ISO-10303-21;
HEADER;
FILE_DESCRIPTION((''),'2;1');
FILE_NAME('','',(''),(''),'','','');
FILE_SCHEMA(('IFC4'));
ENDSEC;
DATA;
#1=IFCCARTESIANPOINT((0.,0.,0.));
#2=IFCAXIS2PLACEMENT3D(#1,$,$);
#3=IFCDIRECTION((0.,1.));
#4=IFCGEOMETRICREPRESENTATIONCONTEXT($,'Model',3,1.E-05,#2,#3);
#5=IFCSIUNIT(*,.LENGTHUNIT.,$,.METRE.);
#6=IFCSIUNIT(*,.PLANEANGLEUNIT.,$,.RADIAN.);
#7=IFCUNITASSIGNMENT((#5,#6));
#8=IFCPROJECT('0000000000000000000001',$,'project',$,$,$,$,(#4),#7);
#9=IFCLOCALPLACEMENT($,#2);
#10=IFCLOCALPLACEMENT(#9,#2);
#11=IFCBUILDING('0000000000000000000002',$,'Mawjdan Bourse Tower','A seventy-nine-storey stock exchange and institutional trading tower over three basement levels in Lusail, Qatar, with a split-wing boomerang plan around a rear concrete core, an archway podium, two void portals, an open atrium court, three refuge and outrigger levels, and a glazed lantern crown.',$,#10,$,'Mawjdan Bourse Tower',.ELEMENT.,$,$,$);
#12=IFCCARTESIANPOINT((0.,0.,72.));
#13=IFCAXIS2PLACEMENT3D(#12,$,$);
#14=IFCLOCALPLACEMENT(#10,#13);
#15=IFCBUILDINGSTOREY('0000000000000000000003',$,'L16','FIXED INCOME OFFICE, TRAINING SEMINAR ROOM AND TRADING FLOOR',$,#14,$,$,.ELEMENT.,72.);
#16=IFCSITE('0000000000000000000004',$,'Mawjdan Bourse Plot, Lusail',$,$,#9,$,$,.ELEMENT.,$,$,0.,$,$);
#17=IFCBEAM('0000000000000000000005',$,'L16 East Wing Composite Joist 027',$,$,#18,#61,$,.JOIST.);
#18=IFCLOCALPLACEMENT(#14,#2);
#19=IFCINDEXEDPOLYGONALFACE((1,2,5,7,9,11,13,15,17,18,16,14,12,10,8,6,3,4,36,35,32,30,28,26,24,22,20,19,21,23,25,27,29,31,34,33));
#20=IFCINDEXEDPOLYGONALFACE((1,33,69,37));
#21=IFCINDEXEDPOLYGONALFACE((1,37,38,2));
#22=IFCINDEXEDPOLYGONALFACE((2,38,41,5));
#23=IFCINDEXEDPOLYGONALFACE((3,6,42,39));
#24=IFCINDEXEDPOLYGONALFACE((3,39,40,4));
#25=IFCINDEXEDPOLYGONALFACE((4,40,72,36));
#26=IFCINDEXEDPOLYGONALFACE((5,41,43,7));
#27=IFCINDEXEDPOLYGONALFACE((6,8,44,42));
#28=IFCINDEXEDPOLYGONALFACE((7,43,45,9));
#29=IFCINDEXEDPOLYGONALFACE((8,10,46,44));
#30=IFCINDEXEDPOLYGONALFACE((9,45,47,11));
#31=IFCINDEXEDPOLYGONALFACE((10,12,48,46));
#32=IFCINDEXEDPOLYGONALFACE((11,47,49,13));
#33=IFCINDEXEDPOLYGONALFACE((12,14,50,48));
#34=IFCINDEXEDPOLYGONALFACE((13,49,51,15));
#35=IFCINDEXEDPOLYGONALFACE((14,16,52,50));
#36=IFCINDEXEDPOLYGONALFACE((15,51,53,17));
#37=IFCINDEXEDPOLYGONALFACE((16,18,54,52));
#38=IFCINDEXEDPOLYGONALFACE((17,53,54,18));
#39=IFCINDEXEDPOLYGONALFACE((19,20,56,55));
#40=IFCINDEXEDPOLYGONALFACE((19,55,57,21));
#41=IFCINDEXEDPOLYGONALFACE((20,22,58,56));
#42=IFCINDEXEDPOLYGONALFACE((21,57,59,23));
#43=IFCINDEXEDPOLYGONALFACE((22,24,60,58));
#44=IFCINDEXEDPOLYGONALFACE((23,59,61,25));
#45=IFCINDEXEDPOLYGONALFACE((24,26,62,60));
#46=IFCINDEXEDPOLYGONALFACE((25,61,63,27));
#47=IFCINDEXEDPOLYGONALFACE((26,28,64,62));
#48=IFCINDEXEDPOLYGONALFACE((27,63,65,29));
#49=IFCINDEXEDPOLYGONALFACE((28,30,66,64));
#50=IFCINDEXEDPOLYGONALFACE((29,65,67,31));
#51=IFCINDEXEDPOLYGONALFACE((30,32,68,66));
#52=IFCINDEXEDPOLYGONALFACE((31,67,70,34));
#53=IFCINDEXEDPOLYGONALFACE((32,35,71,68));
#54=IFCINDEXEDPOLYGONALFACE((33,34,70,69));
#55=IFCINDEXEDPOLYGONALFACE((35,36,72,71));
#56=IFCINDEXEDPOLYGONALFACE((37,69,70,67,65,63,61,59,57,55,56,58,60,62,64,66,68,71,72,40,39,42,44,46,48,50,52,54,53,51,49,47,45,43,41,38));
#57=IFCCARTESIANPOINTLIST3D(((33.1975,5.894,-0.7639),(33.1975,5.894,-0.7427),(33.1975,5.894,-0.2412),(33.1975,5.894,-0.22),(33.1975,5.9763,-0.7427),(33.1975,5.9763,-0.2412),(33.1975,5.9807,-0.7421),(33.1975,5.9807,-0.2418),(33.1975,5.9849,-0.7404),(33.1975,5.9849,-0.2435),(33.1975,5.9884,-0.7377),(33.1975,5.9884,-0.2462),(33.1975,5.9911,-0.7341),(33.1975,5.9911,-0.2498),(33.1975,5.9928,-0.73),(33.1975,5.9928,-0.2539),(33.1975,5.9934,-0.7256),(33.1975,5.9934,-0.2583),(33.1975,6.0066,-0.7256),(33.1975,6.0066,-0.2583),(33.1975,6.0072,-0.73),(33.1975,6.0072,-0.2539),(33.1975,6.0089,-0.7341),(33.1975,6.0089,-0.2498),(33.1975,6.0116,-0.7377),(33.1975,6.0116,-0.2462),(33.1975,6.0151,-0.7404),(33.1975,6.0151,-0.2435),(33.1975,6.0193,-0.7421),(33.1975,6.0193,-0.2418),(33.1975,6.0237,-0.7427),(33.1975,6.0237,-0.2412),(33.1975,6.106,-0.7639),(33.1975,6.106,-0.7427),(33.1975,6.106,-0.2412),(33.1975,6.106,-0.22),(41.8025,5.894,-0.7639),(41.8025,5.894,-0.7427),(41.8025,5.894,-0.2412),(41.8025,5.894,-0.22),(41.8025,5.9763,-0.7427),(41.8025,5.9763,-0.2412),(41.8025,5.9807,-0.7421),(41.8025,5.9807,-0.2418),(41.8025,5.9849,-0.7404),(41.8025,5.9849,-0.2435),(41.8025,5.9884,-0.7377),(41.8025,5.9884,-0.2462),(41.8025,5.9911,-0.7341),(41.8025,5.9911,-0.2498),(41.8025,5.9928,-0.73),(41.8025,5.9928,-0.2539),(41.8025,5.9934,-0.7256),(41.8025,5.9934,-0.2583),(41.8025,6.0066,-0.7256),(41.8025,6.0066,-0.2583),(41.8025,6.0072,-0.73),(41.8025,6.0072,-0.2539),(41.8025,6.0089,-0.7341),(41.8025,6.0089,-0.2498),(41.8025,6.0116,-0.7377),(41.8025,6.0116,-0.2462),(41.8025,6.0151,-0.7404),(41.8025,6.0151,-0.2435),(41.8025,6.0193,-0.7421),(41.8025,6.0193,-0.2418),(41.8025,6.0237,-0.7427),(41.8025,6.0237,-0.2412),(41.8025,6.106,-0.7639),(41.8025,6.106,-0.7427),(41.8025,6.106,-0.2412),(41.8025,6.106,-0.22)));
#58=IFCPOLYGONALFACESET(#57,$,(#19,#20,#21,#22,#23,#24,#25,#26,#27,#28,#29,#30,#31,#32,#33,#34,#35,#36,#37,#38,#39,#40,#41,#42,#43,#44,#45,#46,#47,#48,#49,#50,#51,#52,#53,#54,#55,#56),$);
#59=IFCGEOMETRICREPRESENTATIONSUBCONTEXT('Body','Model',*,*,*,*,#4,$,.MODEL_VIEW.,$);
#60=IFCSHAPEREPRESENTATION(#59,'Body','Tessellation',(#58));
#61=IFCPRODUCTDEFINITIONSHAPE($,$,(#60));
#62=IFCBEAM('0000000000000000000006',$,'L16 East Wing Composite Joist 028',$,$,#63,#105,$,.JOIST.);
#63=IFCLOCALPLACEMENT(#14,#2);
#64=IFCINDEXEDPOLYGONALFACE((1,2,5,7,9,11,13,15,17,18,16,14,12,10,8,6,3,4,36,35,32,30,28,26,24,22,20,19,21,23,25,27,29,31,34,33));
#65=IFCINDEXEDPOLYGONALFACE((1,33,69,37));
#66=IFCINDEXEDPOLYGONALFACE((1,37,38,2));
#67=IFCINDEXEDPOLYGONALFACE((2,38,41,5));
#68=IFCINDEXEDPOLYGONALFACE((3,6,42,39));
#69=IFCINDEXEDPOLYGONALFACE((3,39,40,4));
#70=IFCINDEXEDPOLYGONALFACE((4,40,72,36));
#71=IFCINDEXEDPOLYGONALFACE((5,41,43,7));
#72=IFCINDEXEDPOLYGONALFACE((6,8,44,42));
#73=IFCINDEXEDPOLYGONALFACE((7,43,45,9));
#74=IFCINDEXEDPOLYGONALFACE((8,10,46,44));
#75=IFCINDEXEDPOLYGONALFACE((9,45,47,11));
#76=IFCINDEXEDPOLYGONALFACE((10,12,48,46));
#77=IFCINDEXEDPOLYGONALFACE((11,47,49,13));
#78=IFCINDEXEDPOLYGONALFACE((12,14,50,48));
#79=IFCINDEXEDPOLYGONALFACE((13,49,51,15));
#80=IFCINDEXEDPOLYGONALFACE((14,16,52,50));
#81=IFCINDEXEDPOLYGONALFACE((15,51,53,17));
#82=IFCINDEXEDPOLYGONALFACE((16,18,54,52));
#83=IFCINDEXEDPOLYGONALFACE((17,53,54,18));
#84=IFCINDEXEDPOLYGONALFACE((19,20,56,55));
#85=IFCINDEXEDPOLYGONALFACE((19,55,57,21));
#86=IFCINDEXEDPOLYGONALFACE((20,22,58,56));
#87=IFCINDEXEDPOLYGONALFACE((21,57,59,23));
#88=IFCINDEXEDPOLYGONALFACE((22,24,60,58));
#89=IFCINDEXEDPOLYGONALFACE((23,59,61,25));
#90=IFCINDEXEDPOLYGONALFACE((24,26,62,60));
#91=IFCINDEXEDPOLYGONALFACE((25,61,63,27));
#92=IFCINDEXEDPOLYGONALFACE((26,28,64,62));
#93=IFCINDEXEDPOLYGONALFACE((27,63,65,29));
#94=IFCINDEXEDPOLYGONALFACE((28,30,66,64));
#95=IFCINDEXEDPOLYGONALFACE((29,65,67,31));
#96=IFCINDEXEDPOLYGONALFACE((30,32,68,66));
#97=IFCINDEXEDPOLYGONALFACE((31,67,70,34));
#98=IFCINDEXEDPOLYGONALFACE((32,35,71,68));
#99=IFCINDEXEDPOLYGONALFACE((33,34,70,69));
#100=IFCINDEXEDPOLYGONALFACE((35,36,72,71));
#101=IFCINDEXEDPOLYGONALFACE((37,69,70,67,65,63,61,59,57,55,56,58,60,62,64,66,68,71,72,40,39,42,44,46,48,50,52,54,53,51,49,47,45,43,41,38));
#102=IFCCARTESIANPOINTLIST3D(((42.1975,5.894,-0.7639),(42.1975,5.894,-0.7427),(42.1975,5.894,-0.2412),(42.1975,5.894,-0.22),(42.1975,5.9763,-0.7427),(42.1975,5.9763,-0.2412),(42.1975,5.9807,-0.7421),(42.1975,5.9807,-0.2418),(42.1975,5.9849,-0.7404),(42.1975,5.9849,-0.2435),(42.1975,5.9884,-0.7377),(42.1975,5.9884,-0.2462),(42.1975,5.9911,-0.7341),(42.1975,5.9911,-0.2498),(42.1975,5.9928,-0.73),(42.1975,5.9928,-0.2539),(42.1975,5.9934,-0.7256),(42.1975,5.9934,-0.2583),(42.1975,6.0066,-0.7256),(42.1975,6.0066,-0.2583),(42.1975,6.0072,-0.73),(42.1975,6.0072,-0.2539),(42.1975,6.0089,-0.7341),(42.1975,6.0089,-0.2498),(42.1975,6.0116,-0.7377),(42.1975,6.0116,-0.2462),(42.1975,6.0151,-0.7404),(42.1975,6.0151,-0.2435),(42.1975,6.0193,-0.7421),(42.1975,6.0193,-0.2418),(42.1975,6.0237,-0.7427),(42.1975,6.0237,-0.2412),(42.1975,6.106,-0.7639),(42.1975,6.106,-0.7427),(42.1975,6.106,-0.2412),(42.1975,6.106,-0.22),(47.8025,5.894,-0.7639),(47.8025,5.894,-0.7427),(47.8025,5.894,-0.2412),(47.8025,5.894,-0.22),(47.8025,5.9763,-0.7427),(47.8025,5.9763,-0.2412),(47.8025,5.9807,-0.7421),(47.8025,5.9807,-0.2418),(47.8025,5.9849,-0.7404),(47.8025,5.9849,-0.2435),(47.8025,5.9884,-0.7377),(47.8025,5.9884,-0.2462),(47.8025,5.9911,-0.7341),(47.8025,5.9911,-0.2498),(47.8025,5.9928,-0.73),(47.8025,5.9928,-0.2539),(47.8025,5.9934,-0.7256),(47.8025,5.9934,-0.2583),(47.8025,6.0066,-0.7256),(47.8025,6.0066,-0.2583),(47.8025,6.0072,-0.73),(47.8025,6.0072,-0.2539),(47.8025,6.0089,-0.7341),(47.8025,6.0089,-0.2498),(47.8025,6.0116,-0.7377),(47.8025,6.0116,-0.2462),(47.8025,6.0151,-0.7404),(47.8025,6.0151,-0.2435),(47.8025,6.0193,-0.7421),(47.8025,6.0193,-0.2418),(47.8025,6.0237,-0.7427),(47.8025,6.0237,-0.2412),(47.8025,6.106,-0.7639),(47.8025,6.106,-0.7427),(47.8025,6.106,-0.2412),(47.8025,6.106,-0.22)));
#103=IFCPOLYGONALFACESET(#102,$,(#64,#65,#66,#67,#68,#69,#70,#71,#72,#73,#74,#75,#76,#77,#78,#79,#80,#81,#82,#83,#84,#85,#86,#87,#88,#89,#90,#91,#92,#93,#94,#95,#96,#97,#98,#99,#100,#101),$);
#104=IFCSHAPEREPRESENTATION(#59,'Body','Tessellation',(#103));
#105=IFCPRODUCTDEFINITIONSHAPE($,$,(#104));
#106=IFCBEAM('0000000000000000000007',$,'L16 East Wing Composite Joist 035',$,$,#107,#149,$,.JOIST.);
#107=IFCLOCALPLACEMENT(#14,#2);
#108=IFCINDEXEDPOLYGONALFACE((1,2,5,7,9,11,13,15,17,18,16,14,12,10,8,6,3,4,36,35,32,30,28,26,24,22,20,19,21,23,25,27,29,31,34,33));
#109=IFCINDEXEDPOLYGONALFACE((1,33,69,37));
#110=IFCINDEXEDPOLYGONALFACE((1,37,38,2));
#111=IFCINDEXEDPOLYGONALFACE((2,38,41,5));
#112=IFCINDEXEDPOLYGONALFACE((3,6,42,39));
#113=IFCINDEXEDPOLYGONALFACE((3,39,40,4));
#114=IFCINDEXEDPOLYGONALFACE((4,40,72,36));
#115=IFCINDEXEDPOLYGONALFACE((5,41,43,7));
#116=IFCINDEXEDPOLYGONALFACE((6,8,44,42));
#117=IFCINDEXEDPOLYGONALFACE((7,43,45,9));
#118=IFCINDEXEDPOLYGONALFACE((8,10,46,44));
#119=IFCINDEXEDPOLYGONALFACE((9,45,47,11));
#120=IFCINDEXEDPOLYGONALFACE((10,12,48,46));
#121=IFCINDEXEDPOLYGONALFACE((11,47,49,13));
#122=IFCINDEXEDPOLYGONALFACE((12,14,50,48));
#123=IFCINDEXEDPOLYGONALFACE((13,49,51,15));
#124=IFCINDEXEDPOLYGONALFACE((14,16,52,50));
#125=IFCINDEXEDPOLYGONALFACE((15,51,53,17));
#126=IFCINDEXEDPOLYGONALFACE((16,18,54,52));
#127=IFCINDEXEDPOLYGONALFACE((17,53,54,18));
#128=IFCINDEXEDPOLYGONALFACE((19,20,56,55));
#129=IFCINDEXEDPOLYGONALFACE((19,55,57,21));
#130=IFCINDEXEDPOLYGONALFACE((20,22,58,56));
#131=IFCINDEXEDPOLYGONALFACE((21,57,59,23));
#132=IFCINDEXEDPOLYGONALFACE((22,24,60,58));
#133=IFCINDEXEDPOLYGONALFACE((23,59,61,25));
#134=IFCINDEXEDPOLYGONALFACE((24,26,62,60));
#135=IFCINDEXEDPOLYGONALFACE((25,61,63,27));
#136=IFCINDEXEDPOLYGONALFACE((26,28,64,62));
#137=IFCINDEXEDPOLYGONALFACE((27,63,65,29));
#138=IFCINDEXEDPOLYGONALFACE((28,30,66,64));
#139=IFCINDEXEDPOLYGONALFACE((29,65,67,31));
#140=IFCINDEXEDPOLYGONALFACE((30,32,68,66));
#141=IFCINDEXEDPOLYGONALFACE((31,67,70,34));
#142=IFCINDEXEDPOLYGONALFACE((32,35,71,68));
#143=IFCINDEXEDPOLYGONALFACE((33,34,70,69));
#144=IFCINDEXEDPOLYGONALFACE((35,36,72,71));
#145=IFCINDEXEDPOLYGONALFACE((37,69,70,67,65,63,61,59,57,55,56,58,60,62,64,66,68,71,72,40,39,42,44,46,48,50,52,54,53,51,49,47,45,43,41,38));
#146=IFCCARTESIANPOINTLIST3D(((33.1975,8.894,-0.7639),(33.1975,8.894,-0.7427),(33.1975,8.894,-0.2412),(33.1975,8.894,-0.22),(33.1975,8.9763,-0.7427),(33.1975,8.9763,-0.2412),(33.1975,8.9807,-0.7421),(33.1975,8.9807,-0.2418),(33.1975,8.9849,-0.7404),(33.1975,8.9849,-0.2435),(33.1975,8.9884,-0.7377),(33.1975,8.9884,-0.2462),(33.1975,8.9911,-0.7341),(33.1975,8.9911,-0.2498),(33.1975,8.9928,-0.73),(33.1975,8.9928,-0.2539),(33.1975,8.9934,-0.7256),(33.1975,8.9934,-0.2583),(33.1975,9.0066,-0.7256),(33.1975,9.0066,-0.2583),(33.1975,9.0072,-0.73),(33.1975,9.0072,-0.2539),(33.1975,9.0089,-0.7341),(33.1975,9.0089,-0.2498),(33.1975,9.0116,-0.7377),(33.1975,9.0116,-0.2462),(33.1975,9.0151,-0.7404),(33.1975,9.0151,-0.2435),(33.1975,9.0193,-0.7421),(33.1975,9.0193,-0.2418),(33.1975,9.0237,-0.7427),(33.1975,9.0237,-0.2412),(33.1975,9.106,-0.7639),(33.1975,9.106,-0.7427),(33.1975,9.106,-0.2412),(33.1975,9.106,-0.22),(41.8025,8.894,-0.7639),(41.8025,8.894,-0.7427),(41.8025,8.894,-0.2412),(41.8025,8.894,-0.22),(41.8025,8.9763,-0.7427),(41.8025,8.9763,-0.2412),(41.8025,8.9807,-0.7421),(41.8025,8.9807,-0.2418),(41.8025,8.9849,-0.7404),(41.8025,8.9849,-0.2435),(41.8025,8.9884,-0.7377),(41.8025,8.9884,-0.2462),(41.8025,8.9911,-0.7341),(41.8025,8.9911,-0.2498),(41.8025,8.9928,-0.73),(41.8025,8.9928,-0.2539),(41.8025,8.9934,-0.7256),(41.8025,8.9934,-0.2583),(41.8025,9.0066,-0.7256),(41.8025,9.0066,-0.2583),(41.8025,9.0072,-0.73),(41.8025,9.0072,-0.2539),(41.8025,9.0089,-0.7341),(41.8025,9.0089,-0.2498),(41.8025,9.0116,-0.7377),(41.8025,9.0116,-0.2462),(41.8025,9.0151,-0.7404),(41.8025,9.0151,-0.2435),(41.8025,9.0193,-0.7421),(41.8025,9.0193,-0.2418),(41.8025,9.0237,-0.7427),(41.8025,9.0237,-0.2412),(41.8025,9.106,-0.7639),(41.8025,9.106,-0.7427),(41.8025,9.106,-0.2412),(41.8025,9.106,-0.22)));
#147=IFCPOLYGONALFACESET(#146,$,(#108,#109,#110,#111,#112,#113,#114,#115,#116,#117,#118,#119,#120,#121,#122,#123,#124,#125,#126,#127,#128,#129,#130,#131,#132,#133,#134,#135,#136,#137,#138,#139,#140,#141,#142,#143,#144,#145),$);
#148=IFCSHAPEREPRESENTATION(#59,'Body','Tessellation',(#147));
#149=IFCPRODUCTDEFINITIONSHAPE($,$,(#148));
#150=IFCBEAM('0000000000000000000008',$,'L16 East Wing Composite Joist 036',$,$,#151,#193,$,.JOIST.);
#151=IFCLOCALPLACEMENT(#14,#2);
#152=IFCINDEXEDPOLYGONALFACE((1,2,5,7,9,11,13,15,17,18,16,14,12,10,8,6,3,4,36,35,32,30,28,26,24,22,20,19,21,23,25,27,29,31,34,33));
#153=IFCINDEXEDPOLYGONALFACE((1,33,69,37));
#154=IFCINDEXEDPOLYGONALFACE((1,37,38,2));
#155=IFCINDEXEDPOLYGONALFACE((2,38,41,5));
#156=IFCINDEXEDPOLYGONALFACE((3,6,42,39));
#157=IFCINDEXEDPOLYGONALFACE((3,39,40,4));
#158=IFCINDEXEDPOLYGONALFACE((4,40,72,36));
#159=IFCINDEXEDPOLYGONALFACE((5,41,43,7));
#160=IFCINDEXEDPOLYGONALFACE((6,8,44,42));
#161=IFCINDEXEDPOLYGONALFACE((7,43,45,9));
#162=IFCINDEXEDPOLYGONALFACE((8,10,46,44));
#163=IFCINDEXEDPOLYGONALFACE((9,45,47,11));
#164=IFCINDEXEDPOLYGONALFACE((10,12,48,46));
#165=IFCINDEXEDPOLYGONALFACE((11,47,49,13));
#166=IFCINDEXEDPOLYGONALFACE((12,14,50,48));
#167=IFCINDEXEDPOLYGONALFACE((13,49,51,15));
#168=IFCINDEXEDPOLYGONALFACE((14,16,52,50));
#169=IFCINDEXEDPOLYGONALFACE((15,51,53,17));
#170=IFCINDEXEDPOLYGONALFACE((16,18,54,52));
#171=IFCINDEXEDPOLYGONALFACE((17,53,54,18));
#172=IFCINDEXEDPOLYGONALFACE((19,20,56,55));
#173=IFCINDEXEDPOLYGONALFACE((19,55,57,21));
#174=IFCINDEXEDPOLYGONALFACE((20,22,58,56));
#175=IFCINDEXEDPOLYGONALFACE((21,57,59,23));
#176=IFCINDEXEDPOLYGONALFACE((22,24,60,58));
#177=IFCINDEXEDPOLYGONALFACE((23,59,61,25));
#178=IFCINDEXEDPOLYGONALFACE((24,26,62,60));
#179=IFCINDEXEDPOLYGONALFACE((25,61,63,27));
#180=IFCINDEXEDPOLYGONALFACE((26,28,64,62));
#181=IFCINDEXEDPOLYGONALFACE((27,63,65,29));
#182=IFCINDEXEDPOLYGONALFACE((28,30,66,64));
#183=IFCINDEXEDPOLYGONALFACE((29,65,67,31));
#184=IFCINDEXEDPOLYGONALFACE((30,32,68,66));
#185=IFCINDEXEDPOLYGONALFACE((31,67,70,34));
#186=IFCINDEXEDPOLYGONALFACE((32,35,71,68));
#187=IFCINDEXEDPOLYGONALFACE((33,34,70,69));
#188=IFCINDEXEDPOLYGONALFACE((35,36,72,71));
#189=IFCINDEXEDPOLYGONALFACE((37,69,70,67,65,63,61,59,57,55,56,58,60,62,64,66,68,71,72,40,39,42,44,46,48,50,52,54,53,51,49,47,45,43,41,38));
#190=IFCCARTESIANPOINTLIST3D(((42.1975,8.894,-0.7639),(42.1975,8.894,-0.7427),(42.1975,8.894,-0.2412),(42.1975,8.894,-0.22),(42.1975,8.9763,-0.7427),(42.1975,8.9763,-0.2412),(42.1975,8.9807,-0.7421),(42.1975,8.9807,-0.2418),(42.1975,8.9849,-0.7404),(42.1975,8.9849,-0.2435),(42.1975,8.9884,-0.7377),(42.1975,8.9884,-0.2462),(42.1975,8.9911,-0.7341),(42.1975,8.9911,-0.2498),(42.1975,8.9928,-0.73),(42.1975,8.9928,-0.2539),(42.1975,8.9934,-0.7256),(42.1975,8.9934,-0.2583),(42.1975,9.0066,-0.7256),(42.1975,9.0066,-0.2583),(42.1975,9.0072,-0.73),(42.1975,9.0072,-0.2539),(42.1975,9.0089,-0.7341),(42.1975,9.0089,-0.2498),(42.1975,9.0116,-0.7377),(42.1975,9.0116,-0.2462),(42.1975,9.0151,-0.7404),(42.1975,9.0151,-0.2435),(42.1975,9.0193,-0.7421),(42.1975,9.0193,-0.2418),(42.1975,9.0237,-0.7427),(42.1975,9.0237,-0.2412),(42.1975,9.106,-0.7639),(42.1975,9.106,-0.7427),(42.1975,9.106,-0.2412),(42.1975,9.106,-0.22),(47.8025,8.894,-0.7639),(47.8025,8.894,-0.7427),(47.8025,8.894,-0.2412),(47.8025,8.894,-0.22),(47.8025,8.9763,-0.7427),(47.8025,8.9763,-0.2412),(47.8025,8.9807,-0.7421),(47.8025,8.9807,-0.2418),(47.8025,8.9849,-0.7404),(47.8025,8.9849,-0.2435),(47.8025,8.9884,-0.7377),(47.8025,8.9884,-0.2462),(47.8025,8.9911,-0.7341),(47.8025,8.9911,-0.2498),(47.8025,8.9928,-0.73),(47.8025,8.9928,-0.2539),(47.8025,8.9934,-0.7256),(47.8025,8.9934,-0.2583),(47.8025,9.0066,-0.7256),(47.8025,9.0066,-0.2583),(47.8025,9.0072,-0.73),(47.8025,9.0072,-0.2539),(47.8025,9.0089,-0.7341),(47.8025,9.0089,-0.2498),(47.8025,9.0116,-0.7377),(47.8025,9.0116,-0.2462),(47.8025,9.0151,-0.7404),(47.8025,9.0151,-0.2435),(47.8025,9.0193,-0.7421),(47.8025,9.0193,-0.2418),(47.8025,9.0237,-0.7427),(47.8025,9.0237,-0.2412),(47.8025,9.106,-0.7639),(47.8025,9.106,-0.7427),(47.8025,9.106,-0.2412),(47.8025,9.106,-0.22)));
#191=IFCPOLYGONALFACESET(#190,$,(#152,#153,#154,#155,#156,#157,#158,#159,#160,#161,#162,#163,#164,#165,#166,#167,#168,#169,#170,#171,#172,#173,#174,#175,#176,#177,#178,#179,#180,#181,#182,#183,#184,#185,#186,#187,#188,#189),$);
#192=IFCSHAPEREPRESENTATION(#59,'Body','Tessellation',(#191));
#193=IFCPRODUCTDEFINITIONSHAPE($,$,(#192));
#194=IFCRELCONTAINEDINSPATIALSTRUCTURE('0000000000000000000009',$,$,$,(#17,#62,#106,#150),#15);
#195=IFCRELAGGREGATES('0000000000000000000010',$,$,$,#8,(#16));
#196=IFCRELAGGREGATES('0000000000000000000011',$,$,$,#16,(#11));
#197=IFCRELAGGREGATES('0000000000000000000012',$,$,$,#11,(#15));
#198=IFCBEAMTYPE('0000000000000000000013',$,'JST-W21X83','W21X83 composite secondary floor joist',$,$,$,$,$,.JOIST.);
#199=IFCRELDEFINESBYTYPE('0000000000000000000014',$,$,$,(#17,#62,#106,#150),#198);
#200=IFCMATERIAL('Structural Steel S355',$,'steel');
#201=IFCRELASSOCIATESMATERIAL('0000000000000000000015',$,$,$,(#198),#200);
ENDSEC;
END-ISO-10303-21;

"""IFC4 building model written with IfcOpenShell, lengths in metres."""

from ifc_helpers import new_model, si_unit, direction, frame, origin, origin_2d, place, context, subcontext, project, spatial, i_section, extrude, material, material_profile, profile_set, type_object, element, save


model = new_model("IFC4")

# Units and contexts
model_context = context("Model", 3, precision=1e-05, world=origin(), true_north=direction((0.0, 1.0)))
body_context = subcontext(model_context, "Body", "Model", "MODEL_VIEW")
ifc_project = project(units=[si_unit("LENGTHUNIT", "METRE"), si_unit("PLANEANGLEUNIT", "RADIAN")], contexts=[model_context])

# Site, building, storey
site_placement = place(None, origin())
site = spatial("IfcSite", under=ifc_project, at=site_placement, Name="Mawjdan Bourse Plot, Lusail", CompositionType="ELEMENT", RefElevation=0.0)
building_placement = place(site_placement, origin())
building = spatial("IfcBuilding", under=site, at=building_placement, Name="Mawjdan Bourse Tower", Description="A seventy-nine-storey stock exchange and institutional trading tower over three basement levels in Lusail, Qatar, with a split-wing boomerang plan around a rear concrete core, an archway podium, two void portals, an open atrium court, three refuge and outrigger levels, and a glazed lantern crown.", LongName="Mawjdan Bourse Tower", CompositionType="ELEMENT")
storey_placement = place(building_placement, frame((0.0, 0.0, 72.0)))
storey = spatial("IfcBuildingStorey", under=building, at=storey_placement, Name="L16", Description="FIXED INCOME OFFICE, TRAINING SEMINAR ROOM AND TRADING FLOOR", CompositionType="ELEMENT", Elevation=72.0)

# Beams
ifc_material_1 = material(Name="Structural Steel S355", Category="steel")
ifc_material_profile_1 = material_profile(ifc_material_1, i_section(OverallWidth=0.2119, OverallDepth=0.5439, WebThickness=0.0132, FlangeThickness=0.0212, FilletRadius=0.0171, at=origin_2d()), Name="W21X83")
ifc_profile_set_1 = profile_set([ifc_material_profile_1], Name="Structural Steel S355")
beam_type_1 = type_object("IfcBeamType", Name="JST-W21X83", Description="W21X83 composite secondary floor joist", PredefinedType="JOIST", material=ifc_profile_set_1)
beam_1_placement = place(storey_placement, frame((33.1975, 6.0, -0.4919), z_axis=(1.0, 0.0, 0.0), x_axis=(0.0, 1.0, 0.0)))
element("IfcBeam", 1, at=beam_1_placement, inside=storey, type_object=beam_type_1, Name="L16 East Wing Composite Joist 027", PredefinedType="JOIST", context=body_context, shape_type="SweptSolid", body=[
    extrude(i_section(OverallWidth=0.2119, OverallDepth=0.5439, WebThickness=0.0132, FlangeThickness=0.0212, FilletRadius=0.0171, at=origin_2d()), origin(), (0.0, 0.0, 1.0), 8.605),
])
beam_2_placement = place(storey_placement, frame((42.1975, 6.0, -0.4919), z_axis=(1.0, 0.0, 0.0), x_axis=(0.0, 1.0, 0.0)))
element("IfcBeam", 2, at=beam_2_placement, inside=storey, type_object=beam_type_1, Name="L16 East Wing Composite Joist 028", PredefinedType="JOIST", context=body_context, shape_type="SweptSolid", body=[
    extrude(i_section(OverallWidth=0.2119, OverallDepth=0.5439, WebThickness=0.0132, FlangeThickness=0.0212, FilletRadius=0.0171, at=origin_2d()), origin(), (0.0, 0.0, 1.0), 5.605),
])
beam_3_placement = place(storey_placement, frame((33.1975, 9.0, -0.4919), z_axis=(1.0, 0.0, 0.0), x_axis=(0.0, 1.0, 0.0)))
element("IfcBeam", 3, at=beam_3_placement, inside=storey, type_object=beam_type_1, Name="L16 East Wing Composite Joist 035", PredefinedType="JOIST", context=body_context, shape_type="SweptSolid", body=[
    extrude(i_section(OverallWidth=0.2119, OverallDepth=0.5439, WebThickness=0.0132, FlangeThickness=0.0212, FilletRadius=0.0171, at=origin_2d()), origin(), (0.0, 0.0, 1.0), 8.605),
])
beam_4_placement = place(storey_placement, frame((42.1975, 9.0, -0.4919), z_axis=(1.0, 0.0, 0.0), x_axis=(0.0, 1.0, 0.0)))
element("IfcBeam", 4, at=beam_4_placement, inside=storey, type_object=beam_type_1, Name="L16 East Wing Composite Joist 036", PredefinedType="JOIST", context=body_context, shape_type="SweptSolid", body=[
    extrude(i_section(OverallWidth=0.2119, OverallDepth=0.5439, WebThickness=0.0132, FlangeThickness=0.0212, FilletRadius=0.0171, at=origin_2d()), origin(), (0.0, 0.0, 1.0), 5.605),
])

save(model, "model.ifc")
